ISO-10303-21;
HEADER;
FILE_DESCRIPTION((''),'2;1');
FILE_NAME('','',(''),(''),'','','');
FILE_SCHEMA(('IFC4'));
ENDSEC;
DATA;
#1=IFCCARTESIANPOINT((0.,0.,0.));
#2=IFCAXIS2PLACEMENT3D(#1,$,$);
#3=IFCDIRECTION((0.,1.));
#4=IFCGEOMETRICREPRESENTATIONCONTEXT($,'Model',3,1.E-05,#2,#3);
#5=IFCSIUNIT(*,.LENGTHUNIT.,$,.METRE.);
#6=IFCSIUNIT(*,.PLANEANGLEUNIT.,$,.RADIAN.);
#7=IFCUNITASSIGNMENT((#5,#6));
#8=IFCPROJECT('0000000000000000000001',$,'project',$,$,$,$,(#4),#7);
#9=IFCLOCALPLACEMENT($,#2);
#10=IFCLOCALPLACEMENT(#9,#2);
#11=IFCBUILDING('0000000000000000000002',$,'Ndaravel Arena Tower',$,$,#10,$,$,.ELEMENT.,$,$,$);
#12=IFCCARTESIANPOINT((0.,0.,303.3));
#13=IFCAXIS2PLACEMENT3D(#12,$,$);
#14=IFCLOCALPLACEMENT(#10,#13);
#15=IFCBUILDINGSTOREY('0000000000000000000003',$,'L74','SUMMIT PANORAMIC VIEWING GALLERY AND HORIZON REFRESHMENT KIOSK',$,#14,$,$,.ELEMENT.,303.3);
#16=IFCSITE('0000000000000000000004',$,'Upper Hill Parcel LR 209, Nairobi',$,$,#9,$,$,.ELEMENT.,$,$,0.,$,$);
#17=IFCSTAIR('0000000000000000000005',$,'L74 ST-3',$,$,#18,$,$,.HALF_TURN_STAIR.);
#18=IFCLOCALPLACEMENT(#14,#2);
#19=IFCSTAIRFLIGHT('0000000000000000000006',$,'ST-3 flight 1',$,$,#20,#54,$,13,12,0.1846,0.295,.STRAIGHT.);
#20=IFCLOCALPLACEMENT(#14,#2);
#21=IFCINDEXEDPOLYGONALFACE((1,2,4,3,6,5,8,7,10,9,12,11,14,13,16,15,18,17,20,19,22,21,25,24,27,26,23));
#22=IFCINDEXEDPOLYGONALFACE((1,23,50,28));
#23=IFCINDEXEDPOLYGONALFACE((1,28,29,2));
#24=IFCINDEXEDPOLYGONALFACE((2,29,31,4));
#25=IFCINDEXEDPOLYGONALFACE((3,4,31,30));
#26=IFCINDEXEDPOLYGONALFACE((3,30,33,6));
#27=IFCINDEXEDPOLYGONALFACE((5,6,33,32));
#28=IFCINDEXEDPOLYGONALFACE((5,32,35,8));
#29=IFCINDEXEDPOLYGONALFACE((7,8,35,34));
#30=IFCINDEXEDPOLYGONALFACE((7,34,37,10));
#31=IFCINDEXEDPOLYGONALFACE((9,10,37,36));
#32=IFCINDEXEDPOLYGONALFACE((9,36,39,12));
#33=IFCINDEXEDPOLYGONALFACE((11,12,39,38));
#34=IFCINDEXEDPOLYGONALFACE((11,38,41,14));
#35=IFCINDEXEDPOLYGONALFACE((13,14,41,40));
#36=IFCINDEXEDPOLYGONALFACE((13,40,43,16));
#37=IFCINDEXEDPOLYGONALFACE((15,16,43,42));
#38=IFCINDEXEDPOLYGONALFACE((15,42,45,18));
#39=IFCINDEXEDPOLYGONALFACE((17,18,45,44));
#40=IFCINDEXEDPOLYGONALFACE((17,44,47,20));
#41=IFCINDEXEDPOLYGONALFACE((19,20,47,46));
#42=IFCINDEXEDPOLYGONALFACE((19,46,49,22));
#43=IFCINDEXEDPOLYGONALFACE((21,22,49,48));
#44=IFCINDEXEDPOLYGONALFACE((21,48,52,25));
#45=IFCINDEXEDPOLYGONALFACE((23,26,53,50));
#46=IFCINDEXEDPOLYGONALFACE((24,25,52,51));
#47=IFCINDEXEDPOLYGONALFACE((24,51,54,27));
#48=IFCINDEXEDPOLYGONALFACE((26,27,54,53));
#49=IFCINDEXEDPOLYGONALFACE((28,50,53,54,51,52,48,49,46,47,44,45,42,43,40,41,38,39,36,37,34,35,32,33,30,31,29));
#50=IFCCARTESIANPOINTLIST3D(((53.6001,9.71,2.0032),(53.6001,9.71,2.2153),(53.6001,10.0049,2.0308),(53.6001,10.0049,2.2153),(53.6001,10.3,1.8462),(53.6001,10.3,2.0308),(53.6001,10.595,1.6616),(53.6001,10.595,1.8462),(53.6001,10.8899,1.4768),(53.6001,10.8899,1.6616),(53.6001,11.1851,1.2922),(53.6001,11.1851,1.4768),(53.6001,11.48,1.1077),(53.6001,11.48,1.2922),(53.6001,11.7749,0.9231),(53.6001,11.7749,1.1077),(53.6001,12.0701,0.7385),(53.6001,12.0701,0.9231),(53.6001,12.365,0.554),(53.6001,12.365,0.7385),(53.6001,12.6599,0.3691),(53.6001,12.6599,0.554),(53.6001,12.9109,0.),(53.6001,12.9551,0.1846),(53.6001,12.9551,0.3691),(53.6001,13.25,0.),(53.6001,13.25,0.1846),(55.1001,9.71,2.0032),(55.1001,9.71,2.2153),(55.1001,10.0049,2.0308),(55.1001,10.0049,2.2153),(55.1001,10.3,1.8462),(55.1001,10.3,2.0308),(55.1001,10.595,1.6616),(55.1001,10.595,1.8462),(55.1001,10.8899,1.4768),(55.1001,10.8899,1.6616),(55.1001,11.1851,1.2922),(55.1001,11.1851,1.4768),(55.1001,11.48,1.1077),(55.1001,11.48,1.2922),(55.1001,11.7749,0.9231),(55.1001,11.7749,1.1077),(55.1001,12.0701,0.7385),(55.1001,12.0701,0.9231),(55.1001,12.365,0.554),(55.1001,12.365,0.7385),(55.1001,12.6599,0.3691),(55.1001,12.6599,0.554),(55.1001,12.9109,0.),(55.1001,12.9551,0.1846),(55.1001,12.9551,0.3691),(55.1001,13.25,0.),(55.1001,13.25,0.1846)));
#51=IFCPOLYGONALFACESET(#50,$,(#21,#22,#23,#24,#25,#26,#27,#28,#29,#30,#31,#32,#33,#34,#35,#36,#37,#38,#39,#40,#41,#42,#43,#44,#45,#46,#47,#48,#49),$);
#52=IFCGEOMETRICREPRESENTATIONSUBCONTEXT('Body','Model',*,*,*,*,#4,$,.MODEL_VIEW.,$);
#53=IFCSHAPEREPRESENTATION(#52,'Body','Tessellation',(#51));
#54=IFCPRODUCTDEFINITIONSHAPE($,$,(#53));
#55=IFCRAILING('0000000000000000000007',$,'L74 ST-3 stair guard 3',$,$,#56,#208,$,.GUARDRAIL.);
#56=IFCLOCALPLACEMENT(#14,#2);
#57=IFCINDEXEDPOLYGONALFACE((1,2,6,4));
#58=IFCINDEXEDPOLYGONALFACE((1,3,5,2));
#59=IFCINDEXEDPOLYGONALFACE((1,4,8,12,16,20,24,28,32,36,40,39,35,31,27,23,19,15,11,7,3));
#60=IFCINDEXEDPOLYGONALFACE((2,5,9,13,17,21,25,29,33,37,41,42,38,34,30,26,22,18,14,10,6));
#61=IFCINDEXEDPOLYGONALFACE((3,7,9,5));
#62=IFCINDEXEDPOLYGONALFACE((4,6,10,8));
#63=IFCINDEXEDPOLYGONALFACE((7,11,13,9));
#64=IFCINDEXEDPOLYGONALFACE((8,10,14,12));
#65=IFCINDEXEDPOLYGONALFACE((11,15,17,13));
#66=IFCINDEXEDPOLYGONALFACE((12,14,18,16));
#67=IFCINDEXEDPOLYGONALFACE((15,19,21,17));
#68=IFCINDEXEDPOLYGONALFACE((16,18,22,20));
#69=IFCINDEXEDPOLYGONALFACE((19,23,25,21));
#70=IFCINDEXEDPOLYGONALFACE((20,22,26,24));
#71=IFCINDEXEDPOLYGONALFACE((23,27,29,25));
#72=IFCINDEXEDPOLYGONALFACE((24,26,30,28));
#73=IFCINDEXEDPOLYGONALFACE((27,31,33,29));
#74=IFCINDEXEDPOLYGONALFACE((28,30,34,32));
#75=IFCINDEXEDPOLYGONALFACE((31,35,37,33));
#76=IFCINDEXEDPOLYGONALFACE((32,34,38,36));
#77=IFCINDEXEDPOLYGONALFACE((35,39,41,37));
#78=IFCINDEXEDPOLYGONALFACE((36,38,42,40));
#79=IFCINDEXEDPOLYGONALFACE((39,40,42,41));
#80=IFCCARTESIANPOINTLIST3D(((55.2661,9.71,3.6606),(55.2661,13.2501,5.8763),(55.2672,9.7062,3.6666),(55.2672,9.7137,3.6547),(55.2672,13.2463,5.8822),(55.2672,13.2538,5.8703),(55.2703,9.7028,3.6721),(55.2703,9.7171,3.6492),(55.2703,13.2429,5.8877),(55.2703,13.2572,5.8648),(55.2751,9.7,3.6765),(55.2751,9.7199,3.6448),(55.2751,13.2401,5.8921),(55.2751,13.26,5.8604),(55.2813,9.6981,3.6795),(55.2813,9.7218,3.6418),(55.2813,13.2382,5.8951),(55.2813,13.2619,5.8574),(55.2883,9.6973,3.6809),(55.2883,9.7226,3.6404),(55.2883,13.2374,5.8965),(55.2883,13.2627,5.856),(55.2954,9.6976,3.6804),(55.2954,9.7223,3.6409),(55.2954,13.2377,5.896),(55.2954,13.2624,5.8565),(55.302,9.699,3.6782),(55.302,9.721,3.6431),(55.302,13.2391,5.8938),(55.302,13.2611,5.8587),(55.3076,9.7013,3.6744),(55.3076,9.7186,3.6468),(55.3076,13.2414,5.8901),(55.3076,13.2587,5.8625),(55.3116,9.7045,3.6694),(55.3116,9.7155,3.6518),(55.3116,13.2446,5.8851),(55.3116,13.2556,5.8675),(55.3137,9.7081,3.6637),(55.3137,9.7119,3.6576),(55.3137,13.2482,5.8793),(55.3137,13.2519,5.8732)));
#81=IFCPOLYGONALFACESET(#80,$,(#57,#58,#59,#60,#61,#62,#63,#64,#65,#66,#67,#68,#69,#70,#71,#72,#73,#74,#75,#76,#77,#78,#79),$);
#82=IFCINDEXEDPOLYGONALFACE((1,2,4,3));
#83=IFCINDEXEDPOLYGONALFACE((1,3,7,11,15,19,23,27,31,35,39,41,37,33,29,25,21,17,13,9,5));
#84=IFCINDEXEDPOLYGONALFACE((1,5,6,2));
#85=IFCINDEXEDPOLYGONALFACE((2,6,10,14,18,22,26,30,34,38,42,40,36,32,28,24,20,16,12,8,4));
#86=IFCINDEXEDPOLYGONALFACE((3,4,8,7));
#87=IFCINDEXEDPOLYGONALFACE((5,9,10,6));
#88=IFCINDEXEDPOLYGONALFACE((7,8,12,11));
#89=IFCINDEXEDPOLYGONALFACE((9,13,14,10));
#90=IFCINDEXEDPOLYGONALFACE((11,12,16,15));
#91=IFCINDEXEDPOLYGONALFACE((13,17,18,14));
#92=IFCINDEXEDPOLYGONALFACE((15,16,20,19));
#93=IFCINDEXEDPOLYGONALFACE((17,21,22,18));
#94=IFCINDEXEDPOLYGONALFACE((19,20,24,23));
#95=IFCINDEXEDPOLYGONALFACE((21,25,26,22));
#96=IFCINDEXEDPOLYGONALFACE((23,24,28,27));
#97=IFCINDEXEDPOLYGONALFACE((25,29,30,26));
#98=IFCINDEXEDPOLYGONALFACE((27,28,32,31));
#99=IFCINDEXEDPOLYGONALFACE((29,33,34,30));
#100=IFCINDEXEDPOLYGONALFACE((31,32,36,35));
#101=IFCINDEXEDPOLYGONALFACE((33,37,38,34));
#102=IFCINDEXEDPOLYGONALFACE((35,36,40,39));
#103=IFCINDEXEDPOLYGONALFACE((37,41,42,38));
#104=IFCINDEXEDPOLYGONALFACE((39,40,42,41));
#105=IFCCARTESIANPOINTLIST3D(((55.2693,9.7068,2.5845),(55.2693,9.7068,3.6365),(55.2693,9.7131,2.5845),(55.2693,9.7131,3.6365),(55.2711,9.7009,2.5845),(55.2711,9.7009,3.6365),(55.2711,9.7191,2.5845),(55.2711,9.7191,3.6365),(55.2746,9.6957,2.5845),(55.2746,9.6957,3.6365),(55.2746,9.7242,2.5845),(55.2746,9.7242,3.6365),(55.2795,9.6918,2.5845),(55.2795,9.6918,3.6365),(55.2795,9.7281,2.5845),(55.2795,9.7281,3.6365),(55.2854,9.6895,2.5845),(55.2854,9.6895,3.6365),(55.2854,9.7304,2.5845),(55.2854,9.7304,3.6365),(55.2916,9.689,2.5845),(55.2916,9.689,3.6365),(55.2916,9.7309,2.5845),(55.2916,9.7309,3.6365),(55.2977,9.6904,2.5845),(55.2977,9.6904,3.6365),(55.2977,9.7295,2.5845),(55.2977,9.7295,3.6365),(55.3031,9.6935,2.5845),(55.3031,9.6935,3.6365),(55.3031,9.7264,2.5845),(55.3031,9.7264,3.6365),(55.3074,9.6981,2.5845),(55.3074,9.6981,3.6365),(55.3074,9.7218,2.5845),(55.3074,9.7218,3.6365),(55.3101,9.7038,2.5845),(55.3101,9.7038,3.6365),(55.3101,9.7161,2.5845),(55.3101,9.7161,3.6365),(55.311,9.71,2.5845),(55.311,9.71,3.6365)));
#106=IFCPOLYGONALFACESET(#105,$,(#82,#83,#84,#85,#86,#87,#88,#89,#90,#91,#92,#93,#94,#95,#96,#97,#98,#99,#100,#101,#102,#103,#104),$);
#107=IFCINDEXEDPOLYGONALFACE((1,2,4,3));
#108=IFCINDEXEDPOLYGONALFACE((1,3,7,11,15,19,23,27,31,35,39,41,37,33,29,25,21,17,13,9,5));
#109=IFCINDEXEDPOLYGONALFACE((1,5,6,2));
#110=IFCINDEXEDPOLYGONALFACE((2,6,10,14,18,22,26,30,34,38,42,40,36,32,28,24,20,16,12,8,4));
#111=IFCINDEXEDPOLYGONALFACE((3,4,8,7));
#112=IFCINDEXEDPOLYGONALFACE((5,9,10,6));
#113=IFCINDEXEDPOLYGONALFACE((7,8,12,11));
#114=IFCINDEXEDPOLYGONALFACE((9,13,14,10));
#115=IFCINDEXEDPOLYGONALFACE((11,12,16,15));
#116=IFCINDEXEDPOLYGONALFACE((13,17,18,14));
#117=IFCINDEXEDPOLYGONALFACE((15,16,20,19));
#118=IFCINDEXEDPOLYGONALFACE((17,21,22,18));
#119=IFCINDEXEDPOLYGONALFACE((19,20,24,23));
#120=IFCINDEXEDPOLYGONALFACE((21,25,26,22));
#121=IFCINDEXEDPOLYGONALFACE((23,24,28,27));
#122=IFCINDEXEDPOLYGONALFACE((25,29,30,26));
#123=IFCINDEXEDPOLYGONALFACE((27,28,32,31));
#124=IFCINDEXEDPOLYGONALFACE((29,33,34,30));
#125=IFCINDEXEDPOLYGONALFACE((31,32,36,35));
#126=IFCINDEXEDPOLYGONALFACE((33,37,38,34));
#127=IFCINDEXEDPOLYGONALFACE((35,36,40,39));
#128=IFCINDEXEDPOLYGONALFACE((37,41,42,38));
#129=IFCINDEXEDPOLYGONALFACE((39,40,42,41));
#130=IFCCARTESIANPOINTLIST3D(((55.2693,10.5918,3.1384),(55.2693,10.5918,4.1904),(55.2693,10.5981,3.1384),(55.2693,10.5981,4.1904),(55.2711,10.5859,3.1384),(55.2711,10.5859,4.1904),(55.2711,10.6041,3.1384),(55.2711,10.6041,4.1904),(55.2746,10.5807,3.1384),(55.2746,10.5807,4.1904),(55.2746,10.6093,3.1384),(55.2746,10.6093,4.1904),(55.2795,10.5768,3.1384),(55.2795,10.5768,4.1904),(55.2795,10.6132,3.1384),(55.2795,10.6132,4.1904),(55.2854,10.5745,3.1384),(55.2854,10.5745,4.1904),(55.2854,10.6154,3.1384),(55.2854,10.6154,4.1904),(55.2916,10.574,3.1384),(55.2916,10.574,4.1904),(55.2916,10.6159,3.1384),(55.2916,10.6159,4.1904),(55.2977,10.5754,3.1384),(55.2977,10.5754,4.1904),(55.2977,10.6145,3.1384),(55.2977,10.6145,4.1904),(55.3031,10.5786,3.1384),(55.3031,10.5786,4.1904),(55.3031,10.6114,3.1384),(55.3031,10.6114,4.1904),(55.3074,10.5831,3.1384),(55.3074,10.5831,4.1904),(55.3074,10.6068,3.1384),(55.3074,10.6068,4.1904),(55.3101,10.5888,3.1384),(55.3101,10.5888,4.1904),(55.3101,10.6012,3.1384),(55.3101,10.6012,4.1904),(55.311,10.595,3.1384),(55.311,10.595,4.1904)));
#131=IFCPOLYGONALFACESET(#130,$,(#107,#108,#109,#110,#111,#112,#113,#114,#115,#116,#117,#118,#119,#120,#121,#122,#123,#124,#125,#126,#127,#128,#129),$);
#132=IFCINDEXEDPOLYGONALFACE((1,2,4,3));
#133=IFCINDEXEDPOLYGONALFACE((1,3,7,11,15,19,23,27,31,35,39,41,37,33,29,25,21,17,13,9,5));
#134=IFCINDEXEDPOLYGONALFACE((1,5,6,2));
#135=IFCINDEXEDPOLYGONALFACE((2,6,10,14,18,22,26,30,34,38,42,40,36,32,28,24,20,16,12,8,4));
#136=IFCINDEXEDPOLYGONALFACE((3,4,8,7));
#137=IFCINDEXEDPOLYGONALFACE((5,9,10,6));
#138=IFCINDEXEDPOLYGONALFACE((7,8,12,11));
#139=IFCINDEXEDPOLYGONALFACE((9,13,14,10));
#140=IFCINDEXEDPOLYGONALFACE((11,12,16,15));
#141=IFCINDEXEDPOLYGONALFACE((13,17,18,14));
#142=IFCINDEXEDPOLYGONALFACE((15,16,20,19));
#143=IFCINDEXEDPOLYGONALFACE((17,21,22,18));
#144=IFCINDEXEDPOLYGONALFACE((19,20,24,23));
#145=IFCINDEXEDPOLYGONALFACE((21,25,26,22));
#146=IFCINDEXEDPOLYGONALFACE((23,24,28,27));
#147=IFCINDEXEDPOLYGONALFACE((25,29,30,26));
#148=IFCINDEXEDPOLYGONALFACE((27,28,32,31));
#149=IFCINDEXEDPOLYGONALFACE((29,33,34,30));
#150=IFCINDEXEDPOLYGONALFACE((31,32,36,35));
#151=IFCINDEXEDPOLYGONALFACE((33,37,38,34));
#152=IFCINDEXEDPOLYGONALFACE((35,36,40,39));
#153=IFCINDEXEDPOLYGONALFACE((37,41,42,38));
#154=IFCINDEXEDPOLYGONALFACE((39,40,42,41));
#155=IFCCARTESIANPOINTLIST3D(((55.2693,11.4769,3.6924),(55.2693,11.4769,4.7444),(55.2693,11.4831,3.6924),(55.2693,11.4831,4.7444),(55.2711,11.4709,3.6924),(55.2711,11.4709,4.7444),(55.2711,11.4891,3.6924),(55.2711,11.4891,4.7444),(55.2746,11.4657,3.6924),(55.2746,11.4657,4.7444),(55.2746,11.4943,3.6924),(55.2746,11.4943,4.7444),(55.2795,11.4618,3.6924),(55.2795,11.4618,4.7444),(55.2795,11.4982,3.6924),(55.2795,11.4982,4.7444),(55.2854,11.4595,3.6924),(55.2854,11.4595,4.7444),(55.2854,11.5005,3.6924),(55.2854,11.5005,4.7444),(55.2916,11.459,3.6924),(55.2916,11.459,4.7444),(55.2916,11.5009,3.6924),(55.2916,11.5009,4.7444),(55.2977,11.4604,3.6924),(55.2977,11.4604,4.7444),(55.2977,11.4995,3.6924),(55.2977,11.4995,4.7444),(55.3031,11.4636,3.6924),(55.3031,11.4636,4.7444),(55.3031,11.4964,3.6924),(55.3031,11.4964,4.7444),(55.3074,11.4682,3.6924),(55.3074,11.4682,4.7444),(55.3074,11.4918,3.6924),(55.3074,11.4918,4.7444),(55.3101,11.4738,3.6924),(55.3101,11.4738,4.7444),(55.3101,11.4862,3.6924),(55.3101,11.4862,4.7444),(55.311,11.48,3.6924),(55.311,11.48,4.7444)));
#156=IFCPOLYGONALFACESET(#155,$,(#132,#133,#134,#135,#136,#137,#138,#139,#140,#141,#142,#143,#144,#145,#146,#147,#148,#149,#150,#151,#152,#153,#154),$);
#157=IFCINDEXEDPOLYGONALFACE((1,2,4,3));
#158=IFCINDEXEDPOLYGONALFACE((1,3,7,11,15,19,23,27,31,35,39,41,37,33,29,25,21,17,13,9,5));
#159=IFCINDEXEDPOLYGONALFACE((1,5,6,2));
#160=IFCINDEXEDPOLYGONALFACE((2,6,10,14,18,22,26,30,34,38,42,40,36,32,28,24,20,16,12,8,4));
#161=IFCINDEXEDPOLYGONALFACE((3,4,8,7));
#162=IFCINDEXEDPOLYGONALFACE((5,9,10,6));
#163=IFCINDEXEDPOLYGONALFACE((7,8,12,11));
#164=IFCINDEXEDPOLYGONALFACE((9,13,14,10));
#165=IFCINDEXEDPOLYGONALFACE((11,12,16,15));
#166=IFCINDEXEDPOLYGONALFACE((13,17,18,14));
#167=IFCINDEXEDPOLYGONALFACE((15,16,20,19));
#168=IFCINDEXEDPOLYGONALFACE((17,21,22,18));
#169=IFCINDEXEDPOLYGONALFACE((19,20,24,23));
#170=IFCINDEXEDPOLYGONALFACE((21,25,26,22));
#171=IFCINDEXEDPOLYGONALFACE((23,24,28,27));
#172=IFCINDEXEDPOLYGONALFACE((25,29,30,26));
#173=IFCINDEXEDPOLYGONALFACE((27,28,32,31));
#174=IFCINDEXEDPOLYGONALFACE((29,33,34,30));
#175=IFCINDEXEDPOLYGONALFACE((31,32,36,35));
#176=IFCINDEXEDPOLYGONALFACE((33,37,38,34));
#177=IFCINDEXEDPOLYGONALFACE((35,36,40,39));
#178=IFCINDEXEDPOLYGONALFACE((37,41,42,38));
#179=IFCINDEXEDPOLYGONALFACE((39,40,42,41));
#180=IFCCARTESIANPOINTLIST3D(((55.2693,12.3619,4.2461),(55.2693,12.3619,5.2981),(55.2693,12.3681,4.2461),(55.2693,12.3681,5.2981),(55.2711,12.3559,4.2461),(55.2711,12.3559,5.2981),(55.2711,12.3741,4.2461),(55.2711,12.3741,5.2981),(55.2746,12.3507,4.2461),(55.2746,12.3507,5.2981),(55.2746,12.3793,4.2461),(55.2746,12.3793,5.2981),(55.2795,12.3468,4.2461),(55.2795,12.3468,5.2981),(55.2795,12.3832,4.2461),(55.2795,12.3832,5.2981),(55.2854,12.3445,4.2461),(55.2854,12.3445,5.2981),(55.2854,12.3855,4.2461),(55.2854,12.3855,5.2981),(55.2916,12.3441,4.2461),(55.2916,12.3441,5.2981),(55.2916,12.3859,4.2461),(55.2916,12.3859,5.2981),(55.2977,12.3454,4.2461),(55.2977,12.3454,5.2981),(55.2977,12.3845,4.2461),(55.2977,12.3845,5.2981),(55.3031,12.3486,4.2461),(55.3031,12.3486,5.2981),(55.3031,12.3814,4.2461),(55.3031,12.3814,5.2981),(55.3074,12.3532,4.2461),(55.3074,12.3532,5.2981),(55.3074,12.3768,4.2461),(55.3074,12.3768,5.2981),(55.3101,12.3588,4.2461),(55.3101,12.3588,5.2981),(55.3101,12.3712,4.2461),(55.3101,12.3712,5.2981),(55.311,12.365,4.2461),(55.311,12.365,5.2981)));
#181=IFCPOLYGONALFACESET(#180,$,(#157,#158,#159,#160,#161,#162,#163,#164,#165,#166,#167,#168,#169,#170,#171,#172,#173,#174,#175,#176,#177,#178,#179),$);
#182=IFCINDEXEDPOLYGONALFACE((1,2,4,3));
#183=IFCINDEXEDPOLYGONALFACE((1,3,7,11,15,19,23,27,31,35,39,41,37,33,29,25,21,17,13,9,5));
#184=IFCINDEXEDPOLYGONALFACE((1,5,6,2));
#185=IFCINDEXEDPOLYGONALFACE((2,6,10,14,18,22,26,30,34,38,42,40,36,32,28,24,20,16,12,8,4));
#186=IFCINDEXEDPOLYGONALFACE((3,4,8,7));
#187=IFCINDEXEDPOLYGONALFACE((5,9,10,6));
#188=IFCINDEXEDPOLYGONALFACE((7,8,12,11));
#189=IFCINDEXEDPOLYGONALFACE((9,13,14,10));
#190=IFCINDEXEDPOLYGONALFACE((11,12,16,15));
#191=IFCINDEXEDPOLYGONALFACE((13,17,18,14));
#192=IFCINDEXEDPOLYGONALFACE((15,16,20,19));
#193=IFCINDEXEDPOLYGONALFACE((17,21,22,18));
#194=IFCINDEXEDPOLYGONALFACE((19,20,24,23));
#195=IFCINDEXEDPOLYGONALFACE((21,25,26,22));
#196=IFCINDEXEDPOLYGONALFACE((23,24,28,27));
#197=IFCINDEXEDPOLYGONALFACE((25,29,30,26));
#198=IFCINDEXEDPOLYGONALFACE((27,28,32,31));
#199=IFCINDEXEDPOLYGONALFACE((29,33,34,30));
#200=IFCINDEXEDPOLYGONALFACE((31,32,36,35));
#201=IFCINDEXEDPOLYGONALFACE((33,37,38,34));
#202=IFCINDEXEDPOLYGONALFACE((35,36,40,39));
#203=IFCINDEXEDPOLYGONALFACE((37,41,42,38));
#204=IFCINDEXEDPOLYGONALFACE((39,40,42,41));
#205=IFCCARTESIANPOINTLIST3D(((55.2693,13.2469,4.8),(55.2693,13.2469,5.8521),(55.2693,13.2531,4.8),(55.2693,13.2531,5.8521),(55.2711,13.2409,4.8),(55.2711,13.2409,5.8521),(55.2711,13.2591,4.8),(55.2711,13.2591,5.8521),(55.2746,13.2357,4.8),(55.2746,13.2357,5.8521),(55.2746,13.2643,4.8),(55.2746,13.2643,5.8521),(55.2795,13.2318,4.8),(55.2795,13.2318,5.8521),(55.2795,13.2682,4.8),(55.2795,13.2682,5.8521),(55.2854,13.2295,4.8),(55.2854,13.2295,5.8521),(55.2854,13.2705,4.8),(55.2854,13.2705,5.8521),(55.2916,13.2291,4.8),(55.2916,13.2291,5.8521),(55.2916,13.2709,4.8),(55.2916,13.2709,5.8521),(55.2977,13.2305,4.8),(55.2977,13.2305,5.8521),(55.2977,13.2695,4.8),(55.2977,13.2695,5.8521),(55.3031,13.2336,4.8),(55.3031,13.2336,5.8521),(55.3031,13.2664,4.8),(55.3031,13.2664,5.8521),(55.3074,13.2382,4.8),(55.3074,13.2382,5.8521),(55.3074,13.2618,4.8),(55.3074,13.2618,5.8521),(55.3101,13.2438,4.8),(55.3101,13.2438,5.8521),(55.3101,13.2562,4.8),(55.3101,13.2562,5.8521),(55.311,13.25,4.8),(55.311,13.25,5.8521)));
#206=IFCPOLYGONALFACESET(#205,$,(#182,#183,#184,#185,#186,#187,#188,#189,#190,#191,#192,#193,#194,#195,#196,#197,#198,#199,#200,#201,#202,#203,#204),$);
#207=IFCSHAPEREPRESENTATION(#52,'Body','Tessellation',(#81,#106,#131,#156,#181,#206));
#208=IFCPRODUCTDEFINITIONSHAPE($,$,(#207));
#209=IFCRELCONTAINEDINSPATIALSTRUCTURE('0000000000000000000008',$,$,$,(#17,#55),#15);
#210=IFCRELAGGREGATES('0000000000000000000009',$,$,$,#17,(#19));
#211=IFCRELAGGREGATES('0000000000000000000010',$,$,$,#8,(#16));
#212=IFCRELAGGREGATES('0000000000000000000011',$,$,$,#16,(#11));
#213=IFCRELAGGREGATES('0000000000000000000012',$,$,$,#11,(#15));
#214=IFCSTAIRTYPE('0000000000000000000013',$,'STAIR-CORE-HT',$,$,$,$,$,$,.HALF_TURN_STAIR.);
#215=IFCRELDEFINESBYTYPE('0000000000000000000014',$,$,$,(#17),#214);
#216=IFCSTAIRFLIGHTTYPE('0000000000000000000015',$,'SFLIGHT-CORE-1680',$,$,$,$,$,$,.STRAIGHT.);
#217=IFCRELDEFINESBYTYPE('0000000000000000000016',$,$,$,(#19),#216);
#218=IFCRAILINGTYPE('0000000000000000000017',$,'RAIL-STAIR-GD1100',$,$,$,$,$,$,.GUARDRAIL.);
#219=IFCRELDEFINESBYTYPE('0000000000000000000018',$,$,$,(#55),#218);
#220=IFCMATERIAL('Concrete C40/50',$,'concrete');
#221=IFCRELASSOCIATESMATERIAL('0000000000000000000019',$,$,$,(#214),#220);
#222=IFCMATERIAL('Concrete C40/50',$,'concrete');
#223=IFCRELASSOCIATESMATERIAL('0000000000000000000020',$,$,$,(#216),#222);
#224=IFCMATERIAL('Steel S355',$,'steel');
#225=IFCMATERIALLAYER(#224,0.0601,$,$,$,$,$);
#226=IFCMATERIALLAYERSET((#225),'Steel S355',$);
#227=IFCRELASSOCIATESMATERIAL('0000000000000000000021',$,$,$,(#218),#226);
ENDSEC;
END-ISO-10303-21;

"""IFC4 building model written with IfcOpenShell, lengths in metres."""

from ifc_helpers import new_model, si_unit, direction, frame, origin, origin_2d, place, context, subcontext, project, spatial, polyline, circle, outline, extrude, material, layer, layer_set, type_object, element, aggregate, save


model = new_model("IFC4")

# Units and contexts
model_context = context("Model", 3, precision=1e-05, world=origin(), true_north=direction((0.0, 1.0)))
body_context = subcontext(model_context, "Body", "Model", "MODEL_VIEW")
ifc_project = project(units=[si_unit("LENGTHUNIT", "METRE"), si_unit("PLANEANGLEUNIT", "RADIAN")], contexts=[model_context])

# Site, building, storey
site_placement = place(None, origin())
site = spatial("IfcSite", under=ifc_project, at=site_placement, Name="Upper Hill Parcel LR 209, Nairobi", CompositionType="ELEMENT", RefElevation=0.0)
building_placement = place(site_placement, origin())
building = spatial("IfcBuilding", under=site, at=building_placement, Name="Ndaravel Arena Tower", CompositionType="ELEMENT")
storey_placement = place(building_placement, frame((0.0, 0.0, 303.3)))
storey = spatial("IfcBuildingStorey", under=building, at=storey_placement, Name="L74", Description="SUMMIT PANORAMIC VIEWING GALLERY AND HORIZON REFRESHMENT KIOSK", CompositionType="ELEMENT", Elevation=303.3)

# Stair, stair flight
ifc_material_1 = material(Name="Concrete C40/50", Category="concrete")
stair_type = type_object("IfcStairType", Name="STAIR-CORE-HT", PredefinedType="HALF_TURN_STAIR", material=ifc_material_1)
stair_placement = place(storey_placement, origin())
stair = element("IfcStair", 1, at=stair_placement, inside=storey, type_object=stair_type, Name="L74 ST-3", PredefinedType="HALF_TURN_STAIR")
ifc_material_2 = material(Name="Concrete C40/50", Category="concrete")
stair_flight_type = type_object("IfcStairFlightType", Name="SFLIGHT-CORE-1680", PredefinedType="STRAIGHT", material=ifc_material_2)
stair_flight_placement = place(storey_placement, frame((54.3501, 13.25, 0.0), z_axis=(0.0, 0.0, 1.0), x_axis=(0.0, -1.0, 0.0)))
stair_flight = element("IfcStairFlight", 2, at=stair_flight_placement, type_object=stair_flight_type, Name="ST-3 flight 1", NumberOfRisers=13, NumberOfTreads=12, PredefinedType="STRAIGHT", RiserHeight=0.1846, TreadLength=0.295, context=body_context, shape_type="SweptSolid", body=[
    extrude(outline(polyline([(0.0, 0.0), (0.0, 0.1846), (0.2949, 0.1846), (0.2949, 0.3691), (0.5901, 0.3691), (0.5901, 0.554), (0.885, 0.554), (0.885, 0.7385), (1.1799, 0.7385), (1.1799, 0.9231), (1.4751, 0.9231), (1.4751, 1.1077), (1.77, 1.1077), (1.77, 1.2922), (2.0649, 1.2922), (2.0649, 1.4768), (2.3601, 1.4768), (2.3601, 1.6616), (2.655, 1.6616), (2.655, 1.8462), (2.95, 1.8462), (2.95, 2.0308), (3.2451, 2.0308), (3.2451, 2.2153), (3.54, 2.2153), (3.54, 2.3999), (3.54, 2.0032), (0.3391, 0.0), (0.0, 0.0)])), frame((0.0, 0.75, 0.0), z_axis=(0.0, -1.0, 0.0), x_axis=(1.0, 0.0, 0.0)), (0.0, 0.0, 1.0), 1.5),
])
aggregate(stair, [stair_flight])

# Railing
ifc_material_3 = material(Name="Steel S355", Category="steel")
ifc_layer_1 = layer(ifc_material_3, 0.0601)
ifc_layer_set_1 = layer_set([ifc_layer_1], Name="Steel S355")
railing_type_1 = type_object("IfcRailingType", Name="RAIL-STAIR-GD1100", PredefinedType="GUARDRAIL", material=ifc_layer_set_1)
railing_1_placement = place(storey_placement, frame((55.29, 9.71, 2.5845)))
element("IfcRailing", 3, at=railing_1_placement, inside=storey, type_object=railing_type_1, Name="L74 ST-3 stair guard 3", PredefinedType="GUARDRAIL", context=body_context, shape_type="SweptSolid", body=[
    extrude(circle(Radius=0.0239, at=origin_2d()), frame((0.0, 0.0, 1.0762), z_axis=(0.0, 0.84767, 0.530524), x_axis=(-1.0, 0.0, 0.0)), (0.0, 0.0, 1.0), 4.1763),
    extrude(circle(Radius=0.021, at=origin_2d()), origin(), (0.0, 0.0, 1.0), 1.052),
    extrude(circle(Radius=0.021, at=origin_2d()), frame((0.0, 0.885, 0.554)), (0.0, 0.0, 1.0), 1.052),
    extrude(circle(Radius=0.021, at=origin_2d()), frame((0.0, 1.77, 1.1079)), (0.0, 0.0, 1.0), 1.052),
    extrude(circle(Radius=0.021, at=origin_2d()), frame((0.0, 2.655, 1.6616)), (0.0, 0.0, 1.0), 1.052),
    extrude(circle(Radius=0.021, at=origin_2d()), frame((0.0, 3.54, 2.2156)), (0.0, 0.0, 1.0), 1.052),
])

save(model, "model.ifc")
